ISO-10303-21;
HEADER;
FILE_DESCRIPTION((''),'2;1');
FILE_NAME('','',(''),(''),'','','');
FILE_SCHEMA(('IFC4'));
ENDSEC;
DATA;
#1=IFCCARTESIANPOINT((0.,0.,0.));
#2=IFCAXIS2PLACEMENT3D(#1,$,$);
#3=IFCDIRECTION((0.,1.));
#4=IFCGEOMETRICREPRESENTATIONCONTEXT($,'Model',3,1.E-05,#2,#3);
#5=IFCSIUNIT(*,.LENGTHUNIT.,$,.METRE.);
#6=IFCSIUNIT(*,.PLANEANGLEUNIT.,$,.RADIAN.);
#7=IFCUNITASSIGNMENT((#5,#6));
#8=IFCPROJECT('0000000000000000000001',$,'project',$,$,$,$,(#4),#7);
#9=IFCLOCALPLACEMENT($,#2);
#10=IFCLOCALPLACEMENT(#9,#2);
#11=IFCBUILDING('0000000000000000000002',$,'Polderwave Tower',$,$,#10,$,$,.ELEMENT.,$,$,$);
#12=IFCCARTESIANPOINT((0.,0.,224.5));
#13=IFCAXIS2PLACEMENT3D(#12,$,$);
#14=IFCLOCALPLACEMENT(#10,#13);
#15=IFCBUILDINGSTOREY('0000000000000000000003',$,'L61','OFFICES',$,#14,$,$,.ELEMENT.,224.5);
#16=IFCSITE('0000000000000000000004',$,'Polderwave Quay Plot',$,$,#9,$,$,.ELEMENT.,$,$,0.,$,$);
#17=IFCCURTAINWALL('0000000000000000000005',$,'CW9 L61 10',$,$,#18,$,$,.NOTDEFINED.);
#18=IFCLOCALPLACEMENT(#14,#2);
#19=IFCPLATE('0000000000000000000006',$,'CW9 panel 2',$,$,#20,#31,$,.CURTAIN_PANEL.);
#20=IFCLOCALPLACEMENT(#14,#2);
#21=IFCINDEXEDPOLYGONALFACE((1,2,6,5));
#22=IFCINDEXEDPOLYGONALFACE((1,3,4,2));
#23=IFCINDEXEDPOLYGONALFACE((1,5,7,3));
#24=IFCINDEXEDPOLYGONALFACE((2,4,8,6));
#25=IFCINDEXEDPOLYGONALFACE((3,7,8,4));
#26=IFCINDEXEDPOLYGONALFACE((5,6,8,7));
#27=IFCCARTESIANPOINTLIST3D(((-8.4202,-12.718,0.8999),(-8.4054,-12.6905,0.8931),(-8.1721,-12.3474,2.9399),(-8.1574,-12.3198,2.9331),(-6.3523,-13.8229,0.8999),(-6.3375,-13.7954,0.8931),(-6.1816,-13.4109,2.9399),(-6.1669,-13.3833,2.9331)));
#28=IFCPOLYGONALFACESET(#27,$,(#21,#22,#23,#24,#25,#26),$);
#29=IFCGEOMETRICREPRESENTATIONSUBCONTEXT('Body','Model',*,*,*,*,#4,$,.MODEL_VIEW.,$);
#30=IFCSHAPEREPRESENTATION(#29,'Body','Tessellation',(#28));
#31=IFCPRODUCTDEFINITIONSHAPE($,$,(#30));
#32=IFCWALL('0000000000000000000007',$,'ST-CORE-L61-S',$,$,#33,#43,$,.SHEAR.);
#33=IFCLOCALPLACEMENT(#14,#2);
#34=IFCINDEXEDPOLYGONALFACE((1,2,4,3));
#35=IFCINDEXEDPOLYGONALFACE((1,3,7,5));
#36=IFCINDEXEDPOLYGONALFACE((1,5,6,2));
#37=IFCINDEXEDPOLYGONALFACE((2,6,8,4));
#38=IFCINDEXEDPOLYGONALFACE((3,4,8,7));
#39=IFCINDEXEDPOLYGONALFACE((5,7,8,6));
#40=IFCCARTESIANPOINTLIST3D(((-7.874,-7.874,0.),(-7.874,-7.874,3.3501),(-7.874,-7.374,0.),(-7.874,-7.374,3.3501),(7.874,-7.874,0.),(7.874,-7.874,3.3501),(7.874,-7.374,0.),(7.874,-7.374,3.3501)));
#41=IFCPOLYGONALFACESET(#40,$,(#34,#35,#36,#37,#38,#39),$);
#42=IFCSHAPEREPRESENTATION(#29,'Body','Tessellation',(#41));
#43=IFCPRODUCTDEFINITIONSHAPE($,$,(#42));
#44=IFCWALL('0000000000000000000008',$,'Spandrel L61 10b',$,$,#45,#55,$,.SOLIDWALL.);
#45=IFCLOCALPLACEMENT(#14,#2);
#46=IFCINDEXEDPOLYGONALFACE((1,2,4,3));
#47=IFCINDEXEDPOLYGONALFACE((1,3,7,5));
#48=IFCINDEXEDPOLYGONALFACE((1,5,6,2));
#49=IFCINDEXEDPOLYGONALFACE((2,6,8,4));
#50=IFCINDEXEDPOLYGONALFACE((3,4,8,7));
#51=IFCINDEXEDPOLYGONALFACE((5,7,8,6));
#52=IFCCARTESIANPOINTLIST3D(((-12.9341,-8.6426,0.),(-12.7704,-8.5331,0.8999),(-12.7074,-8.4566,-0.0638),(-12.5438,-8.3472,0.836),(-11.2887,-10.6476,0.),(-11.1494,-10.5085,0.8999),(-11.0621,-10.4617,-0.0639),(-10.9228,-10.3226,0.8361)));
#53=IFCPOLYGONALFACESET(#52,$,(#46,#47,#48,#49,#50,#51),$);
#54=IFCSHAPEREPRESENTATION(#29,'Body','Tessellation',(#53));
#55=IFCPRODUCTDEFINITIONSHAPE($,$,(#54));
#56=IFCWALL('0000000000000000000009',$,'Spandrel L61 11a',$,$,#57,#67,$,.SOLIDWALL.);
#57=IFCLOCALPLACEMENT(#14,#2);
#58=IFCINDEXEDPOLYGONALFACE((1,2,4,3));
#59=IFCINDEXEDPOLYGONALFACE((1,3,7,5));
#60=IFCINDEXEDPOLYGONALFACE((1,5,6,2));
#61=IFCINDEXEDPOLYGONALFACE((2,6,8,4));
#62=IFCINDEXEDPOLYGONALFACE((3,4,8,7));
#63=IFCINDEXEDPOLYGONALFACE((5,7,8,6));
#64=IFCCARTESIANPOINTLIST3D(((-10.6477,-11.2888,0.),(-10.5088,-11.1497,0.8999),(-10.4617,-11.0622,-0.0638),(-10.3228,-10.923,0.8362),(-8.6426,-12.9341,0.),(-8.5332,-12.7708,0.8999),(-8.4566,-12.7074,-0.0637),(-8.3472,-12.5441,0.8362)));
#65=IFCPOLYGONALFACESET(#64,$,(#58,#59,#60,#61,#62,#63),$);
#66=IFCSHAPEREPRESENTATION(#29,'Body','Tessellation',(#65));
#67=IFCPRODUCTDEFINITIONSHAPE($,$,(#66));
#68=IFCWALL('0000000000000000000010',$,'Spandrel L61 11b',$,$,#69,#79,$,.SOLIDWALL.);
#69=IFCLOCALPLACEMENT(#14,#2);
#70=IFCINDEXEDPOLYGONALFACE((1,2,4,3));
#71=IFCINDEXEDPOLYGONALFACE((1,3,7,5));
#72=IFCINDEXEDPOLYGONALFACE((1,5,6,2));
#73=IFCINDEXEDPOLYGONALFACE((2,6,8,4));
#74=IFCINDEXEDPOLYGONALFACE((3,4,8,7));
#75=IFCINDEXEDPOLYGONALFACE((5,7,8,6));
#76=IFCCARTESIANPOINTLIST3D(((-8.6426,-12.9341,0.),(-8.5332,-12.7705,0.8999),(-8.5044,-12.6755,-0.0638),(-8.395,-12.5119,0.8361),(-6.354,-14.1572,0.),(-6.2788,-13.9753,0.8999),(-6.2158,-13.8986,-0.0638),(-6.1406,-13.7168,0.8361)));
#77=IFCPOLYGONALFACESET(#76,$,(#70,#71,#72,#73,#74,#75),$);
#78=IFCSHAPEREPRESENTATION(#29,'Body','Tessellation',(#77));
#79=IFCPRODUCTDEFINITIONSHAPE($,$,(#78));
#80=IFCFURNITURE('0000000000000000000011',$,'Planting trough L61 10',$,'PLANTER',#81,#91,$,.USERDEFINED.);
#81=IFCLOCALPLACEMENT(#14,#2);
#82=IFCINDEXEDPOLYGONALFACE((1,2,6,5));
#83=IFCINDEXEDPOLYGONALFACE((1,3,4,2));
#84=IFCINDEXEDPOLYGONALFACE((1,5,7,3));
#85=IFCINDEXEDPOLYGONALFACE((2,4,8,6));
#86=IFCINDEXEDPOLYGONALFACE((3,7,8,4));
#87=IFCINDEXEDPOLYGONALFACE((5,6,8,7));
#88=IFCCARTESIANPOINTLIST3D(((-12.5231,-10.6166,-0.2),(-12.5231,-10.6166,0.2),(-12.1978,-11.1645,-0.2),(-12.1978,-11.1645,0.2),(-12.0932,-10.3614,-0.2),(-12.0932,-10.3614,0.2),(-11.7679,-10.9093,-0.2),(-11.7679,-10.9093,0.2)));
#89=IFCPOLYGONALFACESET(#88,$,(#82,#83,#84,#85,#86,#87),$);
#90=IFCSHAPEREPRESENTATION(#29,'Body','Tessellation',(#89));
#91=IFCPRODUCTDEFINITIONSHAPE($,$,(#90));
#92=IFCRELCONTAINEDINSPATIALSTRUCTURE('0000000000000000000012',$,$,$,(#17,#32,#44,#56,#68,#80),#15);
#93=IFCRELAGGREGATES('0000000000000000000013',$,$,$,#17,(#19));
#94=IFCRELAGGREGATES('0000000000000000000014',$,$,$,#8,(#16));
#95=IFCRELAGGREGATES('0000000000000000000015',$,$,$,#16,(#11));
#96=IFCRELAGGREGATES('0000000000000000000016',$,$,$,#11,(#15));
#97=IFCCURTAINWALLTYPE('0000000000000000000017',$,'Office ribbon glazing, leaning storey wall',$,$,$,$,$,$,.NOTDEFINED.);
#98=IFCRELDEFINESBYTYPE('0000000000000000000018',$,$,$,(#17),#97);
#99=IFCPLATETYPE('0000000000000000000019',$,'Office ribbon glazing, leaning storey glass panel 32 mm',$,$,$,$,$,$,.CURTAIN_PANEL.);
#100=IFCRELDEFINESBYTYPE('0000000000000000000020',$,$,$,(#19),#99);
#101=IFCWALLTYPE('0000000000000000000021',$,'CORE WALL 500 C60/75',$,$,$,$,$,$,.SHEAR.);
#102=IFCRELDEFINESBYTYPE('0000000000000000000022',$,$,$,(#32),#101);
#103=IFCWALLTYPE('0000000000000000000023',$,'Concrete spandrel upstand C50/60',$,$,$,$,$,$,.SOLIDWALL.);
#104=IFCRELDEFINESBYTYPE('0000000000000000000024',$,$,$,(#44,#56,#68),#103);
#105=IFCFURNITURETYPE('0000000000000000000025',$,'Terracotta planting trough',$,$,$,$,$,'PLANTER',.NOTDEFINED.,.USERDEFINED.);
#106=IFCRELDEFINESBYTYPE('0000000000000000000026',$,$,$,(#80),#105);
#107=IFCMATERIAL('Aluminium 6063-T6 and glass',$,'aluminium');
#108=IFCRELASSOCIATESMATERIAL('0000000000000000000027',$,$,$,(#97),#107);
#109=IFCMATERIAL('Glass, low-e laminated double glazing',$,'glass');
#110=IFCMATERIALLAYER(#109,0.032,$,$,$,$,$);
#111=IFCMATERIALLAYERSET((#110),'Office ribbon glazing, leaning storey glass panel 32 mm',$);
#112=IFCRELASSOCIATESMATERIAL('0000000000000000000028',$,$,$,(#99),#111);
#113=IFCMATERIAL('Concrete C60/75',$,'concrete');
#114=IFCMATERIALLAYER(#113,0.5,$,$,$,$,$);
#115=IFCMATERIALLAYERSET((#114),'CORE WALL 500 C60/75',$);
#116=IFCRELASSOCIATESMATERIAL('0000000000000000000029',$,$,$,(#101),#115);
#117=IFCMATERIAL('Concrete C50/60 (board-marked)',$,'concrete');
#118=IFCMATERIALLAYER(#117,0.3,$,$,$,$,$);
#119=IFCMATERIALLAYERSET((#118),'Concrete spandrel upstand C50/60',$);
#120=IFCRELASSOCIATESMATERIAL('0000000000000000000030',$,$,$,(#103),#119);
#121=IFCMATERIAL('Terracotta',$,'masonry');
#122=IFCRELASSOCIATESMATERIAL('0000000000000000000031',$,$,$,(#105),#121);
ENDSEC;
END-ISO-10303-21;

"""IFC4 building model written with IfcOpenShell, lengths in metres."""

from ifc_helpers import new_model, si_unit, direction, frame, frame_2d, origin, origin_2d, place, context, subcontext, project, spatial, polyline, rectangle, outline, extrude, material, layer, layer_set, type_object, element, aggregate, save


model = new_model("IFC4")

# Units and contexts
model_context = context("Model", 3, precision=1e-05, world=origin(), true_north=direction((0.0, 1.0)))
body_context = subcontext(model_context, "Body", "Model", "MODEL_VIEW")
ifc_project = project(units=[si_unit("LENGTHUNIT", "METRE"), si_unit("PLANEANGLEUNIT", "RADIAN")], contexts=[model_context])

# Site, building, storey
site_placement = place(None, origin())
site = spatial("IfcSite", under=ifc_project, at=site_placement, Name="Polderwave Quay Plot", CompositionType="ELEMENT", RefElevation=0.0)
building_placement = place(site_placement, origin())
building = spatial("IfcBuilding", under=site, at=building_placement, Name="Polderwave Tower", CompositionType="ELEMENT")
storey_placement = place(building_placement, frame((0.0, 0.0, 224.5)))
storey = spatial("IfcBuildingStorey", under=building, at=storey_placement, Name="L61", Description="OFFICES", CompositionType="ELEMENT", Elevation=224.5)

# Shared definitions
ifc_material_1 = material(Name="Concrete C60/75", Category="concrete")

# Curtain wall
ifc_material_2 = material(Name="Aluminium 6063-T6 and glass", Category="aluminium")
curtain_wall_type = type_object("IfcCurtainWallType", Name="Office ribbon glazing, leaning storey wall", PredefinedType="NOTDEFINED", material=ifc_material_2)
curtain_wall_1_placement = place(storey_placement, origin())
curtain_wall_1 = element("IfcCurtainWall", 1, at=curtain_wall_1_placement, inside=storey, type_object=curtain_wall_type, Name="CW9 L61 10", PredefinedType="NOTDEFINED")

# Plate
ifc_material_3 = material(Name="Glass, low-e laminated double glazing", Category="glass")
ifc_layer_1 = layer(ifc_material_3, 0.032)
ifc_layer_set_1 = layer_set([ifc_layer_1], Name="Office ribbon glazing, leaning storey glass panel 32 mm")
plate_type = type_object("IfcPlateType", Name="Office ribbon glazing, leaning storey glass panel 32 mm", PredefinedType="CURTAIN_PANEL", material=ifc_layer_set_1)
plate_1_placement = place(storey_placement, frame((-8.4202, -12.718, 0.8999), z_axis=(-0.460493, -0.861831, 0.212588), x_axis=(0.881991, -0.471267, -0.000006)))
plate_1 = element("IfcPlate", 2, at=plate_1_placement, type_object=plate_type, Name="CW9 panel 2", PredefinedType="CURTAIN_PANEL", context=body_context, shape_type="SweptSolid", body=[
    extrude(outline(polyline([(0.0, 0.0), (2.3446, 0.0), (2.3009, 2.0878), (0.0441, 2.0877), (0.0, 0.0)])), origin(), (0.0, 0.0, -1.0), 0.032),
])
aggregate(curtain_wall_1, [plate_1])

# Walls
ifc_layer_2 = layer(ifc_material_1, 0.5)
ifc_layer_set_2 = layer_set([ifc_layer_2], Name="CORE WALL 500 C60/75")
wall_type_1 = type_object("IfcWallType", Name="CORE WALL 500 C60/75", PredefinedType="SHEAR", material=ifc_layer_set_2)
wall_1_placement = place(storey_placement, frame((-7.874, -7.624, 0.0), z_axis=(0.0, 0.0, 1.0), x_axis=(1.0, 0.0, 0.0)))
element("IfcWall", 3, at=wall_1_placement, inside=storey, type_object=wall_type_1, Name="ST-CORE-L61-S", PredefinedType="SHEAR", context=body_context, shape_type="SweptSolid", body=[
    extrude(rectangle(XDim=15.748, YDim=0.5, at=frame_2d((7.874, 0.0))), origin(), (0.0, 0.0, 1.0), 3.3501),
])
ifc_material_4 = material(Name="Concrete C50/60 (board-marked)", Category="concrete")
ifc_layer_3 = layer(ifc_material_4, 0.3)
ifc_layer_set_3 = layer_set([ifc_layer_3], Name="Concrete spandrel upstand C50/60")
wall_type_2 = type_object("IfcWallType", Name="Concrete spandrel upstand C50/60", PredefinedType="SOLIDWALL", material=ifc_layer_set_3)
wall_2_placement = place(storey_placement, frame((-12.9341, -8.6426, 0.0), z_axis=(-0.755345, -0.619833, 0.212747), x_axis=(0.634354, -0.773043, -0.000008)))
element("IfcWall", 4, at=wall_2_placement, inside=storey, type_object=wall_type_2, Name="Spandrel L61 10b", PredefinedType="SOLIDWALL", context=body_context, shape_type="SweptSolid", body=[
    extrude(outline(polyline([(0.0, 0.0), (2.5937, 0.0), (2.5746, 0.921), (0.0192, 0.921), (0.0, 0.0)])), origin(), (0.0, 0.0, -1.0), 0.3),
])
wall_3_placement = place(storey_placement, frame((-10.6477, -11.2888, 0.0), z_axis=(-0.619848, -0.75541, 0.212471), x_axis=(0.773061, -0.634332, 0.000002)))
element("IfcWall", 5, at=wall_3_placement, inside=storey, type_object=wall_type_2, Name="Spandrel L61 11a", PredefinedType="SOLIDWALL", context=body_context, shape_type="SweptSolid", body=[
    extrude(outline(polyline([(0.0, 0.0), (2.5937, 0.0), (2.5747, 0.9209), (0.0191, 0.9209), (0.0, 0.0)])), origin(), (0.0, 0.0, -1.0), 0.3),
])
wall_4_placement = place(storey_placement, frame((-8.6426, -12.9341, 0.0), z_axis=(-0.460573, -0.861774, 0.212643), x_axis=(0.881944, -0.471353, -0.000002)))
element("IfcWall", 6, at=wall_4_placement, inside=storey, type_object=wall_type_2, Name="Spandrel L61 11b", PredefinedType="SOLIDWALL", context=body_context, shape_type="SweptSolid", body=[
    extrude(outline(polyline([(0.0, 0.0), (2.5949, 0.0), (2.5755, 0.921), (0.0194, 0.921), (0.0, 0.0)])), origin(), (0.0, 0.0, -1.0), 0.3),
])

# Furniture
ifc_material_5 = material(Name="Terracotta", Category="masonry")
furniture_type = type_object("IfcFurnitureType", Name="Terracotta planting trough", ElementType="PLANTER", AssemblyPlace="NOTDEFINED", PredefinedType="USERDEFINED", material=ifc_material_5)
furniture_placement = place(storey_placement, frame((-12.1455, -10.7629, -0.2), z_axis=(0.0, 0.0, 1.0), x_axis=(0.51054, -0.859854, 0.0)))
element("IfcFurniture", 7, at=furniture_placement, inside=storey, type_object=furniture_type, Name="Planting trough L61 10", ObjectType="PLANTER", PredefinedType="USERDEFINED", context=body_context, shape_type="SweptSolid", body=[
    extrude(rectangle(XDim=0.6372, YDim=0.5, at=origin_2d()), origin(), (0.0, 0.0, 1.0), 0.3999),
])

save(model, "model.ifc")
